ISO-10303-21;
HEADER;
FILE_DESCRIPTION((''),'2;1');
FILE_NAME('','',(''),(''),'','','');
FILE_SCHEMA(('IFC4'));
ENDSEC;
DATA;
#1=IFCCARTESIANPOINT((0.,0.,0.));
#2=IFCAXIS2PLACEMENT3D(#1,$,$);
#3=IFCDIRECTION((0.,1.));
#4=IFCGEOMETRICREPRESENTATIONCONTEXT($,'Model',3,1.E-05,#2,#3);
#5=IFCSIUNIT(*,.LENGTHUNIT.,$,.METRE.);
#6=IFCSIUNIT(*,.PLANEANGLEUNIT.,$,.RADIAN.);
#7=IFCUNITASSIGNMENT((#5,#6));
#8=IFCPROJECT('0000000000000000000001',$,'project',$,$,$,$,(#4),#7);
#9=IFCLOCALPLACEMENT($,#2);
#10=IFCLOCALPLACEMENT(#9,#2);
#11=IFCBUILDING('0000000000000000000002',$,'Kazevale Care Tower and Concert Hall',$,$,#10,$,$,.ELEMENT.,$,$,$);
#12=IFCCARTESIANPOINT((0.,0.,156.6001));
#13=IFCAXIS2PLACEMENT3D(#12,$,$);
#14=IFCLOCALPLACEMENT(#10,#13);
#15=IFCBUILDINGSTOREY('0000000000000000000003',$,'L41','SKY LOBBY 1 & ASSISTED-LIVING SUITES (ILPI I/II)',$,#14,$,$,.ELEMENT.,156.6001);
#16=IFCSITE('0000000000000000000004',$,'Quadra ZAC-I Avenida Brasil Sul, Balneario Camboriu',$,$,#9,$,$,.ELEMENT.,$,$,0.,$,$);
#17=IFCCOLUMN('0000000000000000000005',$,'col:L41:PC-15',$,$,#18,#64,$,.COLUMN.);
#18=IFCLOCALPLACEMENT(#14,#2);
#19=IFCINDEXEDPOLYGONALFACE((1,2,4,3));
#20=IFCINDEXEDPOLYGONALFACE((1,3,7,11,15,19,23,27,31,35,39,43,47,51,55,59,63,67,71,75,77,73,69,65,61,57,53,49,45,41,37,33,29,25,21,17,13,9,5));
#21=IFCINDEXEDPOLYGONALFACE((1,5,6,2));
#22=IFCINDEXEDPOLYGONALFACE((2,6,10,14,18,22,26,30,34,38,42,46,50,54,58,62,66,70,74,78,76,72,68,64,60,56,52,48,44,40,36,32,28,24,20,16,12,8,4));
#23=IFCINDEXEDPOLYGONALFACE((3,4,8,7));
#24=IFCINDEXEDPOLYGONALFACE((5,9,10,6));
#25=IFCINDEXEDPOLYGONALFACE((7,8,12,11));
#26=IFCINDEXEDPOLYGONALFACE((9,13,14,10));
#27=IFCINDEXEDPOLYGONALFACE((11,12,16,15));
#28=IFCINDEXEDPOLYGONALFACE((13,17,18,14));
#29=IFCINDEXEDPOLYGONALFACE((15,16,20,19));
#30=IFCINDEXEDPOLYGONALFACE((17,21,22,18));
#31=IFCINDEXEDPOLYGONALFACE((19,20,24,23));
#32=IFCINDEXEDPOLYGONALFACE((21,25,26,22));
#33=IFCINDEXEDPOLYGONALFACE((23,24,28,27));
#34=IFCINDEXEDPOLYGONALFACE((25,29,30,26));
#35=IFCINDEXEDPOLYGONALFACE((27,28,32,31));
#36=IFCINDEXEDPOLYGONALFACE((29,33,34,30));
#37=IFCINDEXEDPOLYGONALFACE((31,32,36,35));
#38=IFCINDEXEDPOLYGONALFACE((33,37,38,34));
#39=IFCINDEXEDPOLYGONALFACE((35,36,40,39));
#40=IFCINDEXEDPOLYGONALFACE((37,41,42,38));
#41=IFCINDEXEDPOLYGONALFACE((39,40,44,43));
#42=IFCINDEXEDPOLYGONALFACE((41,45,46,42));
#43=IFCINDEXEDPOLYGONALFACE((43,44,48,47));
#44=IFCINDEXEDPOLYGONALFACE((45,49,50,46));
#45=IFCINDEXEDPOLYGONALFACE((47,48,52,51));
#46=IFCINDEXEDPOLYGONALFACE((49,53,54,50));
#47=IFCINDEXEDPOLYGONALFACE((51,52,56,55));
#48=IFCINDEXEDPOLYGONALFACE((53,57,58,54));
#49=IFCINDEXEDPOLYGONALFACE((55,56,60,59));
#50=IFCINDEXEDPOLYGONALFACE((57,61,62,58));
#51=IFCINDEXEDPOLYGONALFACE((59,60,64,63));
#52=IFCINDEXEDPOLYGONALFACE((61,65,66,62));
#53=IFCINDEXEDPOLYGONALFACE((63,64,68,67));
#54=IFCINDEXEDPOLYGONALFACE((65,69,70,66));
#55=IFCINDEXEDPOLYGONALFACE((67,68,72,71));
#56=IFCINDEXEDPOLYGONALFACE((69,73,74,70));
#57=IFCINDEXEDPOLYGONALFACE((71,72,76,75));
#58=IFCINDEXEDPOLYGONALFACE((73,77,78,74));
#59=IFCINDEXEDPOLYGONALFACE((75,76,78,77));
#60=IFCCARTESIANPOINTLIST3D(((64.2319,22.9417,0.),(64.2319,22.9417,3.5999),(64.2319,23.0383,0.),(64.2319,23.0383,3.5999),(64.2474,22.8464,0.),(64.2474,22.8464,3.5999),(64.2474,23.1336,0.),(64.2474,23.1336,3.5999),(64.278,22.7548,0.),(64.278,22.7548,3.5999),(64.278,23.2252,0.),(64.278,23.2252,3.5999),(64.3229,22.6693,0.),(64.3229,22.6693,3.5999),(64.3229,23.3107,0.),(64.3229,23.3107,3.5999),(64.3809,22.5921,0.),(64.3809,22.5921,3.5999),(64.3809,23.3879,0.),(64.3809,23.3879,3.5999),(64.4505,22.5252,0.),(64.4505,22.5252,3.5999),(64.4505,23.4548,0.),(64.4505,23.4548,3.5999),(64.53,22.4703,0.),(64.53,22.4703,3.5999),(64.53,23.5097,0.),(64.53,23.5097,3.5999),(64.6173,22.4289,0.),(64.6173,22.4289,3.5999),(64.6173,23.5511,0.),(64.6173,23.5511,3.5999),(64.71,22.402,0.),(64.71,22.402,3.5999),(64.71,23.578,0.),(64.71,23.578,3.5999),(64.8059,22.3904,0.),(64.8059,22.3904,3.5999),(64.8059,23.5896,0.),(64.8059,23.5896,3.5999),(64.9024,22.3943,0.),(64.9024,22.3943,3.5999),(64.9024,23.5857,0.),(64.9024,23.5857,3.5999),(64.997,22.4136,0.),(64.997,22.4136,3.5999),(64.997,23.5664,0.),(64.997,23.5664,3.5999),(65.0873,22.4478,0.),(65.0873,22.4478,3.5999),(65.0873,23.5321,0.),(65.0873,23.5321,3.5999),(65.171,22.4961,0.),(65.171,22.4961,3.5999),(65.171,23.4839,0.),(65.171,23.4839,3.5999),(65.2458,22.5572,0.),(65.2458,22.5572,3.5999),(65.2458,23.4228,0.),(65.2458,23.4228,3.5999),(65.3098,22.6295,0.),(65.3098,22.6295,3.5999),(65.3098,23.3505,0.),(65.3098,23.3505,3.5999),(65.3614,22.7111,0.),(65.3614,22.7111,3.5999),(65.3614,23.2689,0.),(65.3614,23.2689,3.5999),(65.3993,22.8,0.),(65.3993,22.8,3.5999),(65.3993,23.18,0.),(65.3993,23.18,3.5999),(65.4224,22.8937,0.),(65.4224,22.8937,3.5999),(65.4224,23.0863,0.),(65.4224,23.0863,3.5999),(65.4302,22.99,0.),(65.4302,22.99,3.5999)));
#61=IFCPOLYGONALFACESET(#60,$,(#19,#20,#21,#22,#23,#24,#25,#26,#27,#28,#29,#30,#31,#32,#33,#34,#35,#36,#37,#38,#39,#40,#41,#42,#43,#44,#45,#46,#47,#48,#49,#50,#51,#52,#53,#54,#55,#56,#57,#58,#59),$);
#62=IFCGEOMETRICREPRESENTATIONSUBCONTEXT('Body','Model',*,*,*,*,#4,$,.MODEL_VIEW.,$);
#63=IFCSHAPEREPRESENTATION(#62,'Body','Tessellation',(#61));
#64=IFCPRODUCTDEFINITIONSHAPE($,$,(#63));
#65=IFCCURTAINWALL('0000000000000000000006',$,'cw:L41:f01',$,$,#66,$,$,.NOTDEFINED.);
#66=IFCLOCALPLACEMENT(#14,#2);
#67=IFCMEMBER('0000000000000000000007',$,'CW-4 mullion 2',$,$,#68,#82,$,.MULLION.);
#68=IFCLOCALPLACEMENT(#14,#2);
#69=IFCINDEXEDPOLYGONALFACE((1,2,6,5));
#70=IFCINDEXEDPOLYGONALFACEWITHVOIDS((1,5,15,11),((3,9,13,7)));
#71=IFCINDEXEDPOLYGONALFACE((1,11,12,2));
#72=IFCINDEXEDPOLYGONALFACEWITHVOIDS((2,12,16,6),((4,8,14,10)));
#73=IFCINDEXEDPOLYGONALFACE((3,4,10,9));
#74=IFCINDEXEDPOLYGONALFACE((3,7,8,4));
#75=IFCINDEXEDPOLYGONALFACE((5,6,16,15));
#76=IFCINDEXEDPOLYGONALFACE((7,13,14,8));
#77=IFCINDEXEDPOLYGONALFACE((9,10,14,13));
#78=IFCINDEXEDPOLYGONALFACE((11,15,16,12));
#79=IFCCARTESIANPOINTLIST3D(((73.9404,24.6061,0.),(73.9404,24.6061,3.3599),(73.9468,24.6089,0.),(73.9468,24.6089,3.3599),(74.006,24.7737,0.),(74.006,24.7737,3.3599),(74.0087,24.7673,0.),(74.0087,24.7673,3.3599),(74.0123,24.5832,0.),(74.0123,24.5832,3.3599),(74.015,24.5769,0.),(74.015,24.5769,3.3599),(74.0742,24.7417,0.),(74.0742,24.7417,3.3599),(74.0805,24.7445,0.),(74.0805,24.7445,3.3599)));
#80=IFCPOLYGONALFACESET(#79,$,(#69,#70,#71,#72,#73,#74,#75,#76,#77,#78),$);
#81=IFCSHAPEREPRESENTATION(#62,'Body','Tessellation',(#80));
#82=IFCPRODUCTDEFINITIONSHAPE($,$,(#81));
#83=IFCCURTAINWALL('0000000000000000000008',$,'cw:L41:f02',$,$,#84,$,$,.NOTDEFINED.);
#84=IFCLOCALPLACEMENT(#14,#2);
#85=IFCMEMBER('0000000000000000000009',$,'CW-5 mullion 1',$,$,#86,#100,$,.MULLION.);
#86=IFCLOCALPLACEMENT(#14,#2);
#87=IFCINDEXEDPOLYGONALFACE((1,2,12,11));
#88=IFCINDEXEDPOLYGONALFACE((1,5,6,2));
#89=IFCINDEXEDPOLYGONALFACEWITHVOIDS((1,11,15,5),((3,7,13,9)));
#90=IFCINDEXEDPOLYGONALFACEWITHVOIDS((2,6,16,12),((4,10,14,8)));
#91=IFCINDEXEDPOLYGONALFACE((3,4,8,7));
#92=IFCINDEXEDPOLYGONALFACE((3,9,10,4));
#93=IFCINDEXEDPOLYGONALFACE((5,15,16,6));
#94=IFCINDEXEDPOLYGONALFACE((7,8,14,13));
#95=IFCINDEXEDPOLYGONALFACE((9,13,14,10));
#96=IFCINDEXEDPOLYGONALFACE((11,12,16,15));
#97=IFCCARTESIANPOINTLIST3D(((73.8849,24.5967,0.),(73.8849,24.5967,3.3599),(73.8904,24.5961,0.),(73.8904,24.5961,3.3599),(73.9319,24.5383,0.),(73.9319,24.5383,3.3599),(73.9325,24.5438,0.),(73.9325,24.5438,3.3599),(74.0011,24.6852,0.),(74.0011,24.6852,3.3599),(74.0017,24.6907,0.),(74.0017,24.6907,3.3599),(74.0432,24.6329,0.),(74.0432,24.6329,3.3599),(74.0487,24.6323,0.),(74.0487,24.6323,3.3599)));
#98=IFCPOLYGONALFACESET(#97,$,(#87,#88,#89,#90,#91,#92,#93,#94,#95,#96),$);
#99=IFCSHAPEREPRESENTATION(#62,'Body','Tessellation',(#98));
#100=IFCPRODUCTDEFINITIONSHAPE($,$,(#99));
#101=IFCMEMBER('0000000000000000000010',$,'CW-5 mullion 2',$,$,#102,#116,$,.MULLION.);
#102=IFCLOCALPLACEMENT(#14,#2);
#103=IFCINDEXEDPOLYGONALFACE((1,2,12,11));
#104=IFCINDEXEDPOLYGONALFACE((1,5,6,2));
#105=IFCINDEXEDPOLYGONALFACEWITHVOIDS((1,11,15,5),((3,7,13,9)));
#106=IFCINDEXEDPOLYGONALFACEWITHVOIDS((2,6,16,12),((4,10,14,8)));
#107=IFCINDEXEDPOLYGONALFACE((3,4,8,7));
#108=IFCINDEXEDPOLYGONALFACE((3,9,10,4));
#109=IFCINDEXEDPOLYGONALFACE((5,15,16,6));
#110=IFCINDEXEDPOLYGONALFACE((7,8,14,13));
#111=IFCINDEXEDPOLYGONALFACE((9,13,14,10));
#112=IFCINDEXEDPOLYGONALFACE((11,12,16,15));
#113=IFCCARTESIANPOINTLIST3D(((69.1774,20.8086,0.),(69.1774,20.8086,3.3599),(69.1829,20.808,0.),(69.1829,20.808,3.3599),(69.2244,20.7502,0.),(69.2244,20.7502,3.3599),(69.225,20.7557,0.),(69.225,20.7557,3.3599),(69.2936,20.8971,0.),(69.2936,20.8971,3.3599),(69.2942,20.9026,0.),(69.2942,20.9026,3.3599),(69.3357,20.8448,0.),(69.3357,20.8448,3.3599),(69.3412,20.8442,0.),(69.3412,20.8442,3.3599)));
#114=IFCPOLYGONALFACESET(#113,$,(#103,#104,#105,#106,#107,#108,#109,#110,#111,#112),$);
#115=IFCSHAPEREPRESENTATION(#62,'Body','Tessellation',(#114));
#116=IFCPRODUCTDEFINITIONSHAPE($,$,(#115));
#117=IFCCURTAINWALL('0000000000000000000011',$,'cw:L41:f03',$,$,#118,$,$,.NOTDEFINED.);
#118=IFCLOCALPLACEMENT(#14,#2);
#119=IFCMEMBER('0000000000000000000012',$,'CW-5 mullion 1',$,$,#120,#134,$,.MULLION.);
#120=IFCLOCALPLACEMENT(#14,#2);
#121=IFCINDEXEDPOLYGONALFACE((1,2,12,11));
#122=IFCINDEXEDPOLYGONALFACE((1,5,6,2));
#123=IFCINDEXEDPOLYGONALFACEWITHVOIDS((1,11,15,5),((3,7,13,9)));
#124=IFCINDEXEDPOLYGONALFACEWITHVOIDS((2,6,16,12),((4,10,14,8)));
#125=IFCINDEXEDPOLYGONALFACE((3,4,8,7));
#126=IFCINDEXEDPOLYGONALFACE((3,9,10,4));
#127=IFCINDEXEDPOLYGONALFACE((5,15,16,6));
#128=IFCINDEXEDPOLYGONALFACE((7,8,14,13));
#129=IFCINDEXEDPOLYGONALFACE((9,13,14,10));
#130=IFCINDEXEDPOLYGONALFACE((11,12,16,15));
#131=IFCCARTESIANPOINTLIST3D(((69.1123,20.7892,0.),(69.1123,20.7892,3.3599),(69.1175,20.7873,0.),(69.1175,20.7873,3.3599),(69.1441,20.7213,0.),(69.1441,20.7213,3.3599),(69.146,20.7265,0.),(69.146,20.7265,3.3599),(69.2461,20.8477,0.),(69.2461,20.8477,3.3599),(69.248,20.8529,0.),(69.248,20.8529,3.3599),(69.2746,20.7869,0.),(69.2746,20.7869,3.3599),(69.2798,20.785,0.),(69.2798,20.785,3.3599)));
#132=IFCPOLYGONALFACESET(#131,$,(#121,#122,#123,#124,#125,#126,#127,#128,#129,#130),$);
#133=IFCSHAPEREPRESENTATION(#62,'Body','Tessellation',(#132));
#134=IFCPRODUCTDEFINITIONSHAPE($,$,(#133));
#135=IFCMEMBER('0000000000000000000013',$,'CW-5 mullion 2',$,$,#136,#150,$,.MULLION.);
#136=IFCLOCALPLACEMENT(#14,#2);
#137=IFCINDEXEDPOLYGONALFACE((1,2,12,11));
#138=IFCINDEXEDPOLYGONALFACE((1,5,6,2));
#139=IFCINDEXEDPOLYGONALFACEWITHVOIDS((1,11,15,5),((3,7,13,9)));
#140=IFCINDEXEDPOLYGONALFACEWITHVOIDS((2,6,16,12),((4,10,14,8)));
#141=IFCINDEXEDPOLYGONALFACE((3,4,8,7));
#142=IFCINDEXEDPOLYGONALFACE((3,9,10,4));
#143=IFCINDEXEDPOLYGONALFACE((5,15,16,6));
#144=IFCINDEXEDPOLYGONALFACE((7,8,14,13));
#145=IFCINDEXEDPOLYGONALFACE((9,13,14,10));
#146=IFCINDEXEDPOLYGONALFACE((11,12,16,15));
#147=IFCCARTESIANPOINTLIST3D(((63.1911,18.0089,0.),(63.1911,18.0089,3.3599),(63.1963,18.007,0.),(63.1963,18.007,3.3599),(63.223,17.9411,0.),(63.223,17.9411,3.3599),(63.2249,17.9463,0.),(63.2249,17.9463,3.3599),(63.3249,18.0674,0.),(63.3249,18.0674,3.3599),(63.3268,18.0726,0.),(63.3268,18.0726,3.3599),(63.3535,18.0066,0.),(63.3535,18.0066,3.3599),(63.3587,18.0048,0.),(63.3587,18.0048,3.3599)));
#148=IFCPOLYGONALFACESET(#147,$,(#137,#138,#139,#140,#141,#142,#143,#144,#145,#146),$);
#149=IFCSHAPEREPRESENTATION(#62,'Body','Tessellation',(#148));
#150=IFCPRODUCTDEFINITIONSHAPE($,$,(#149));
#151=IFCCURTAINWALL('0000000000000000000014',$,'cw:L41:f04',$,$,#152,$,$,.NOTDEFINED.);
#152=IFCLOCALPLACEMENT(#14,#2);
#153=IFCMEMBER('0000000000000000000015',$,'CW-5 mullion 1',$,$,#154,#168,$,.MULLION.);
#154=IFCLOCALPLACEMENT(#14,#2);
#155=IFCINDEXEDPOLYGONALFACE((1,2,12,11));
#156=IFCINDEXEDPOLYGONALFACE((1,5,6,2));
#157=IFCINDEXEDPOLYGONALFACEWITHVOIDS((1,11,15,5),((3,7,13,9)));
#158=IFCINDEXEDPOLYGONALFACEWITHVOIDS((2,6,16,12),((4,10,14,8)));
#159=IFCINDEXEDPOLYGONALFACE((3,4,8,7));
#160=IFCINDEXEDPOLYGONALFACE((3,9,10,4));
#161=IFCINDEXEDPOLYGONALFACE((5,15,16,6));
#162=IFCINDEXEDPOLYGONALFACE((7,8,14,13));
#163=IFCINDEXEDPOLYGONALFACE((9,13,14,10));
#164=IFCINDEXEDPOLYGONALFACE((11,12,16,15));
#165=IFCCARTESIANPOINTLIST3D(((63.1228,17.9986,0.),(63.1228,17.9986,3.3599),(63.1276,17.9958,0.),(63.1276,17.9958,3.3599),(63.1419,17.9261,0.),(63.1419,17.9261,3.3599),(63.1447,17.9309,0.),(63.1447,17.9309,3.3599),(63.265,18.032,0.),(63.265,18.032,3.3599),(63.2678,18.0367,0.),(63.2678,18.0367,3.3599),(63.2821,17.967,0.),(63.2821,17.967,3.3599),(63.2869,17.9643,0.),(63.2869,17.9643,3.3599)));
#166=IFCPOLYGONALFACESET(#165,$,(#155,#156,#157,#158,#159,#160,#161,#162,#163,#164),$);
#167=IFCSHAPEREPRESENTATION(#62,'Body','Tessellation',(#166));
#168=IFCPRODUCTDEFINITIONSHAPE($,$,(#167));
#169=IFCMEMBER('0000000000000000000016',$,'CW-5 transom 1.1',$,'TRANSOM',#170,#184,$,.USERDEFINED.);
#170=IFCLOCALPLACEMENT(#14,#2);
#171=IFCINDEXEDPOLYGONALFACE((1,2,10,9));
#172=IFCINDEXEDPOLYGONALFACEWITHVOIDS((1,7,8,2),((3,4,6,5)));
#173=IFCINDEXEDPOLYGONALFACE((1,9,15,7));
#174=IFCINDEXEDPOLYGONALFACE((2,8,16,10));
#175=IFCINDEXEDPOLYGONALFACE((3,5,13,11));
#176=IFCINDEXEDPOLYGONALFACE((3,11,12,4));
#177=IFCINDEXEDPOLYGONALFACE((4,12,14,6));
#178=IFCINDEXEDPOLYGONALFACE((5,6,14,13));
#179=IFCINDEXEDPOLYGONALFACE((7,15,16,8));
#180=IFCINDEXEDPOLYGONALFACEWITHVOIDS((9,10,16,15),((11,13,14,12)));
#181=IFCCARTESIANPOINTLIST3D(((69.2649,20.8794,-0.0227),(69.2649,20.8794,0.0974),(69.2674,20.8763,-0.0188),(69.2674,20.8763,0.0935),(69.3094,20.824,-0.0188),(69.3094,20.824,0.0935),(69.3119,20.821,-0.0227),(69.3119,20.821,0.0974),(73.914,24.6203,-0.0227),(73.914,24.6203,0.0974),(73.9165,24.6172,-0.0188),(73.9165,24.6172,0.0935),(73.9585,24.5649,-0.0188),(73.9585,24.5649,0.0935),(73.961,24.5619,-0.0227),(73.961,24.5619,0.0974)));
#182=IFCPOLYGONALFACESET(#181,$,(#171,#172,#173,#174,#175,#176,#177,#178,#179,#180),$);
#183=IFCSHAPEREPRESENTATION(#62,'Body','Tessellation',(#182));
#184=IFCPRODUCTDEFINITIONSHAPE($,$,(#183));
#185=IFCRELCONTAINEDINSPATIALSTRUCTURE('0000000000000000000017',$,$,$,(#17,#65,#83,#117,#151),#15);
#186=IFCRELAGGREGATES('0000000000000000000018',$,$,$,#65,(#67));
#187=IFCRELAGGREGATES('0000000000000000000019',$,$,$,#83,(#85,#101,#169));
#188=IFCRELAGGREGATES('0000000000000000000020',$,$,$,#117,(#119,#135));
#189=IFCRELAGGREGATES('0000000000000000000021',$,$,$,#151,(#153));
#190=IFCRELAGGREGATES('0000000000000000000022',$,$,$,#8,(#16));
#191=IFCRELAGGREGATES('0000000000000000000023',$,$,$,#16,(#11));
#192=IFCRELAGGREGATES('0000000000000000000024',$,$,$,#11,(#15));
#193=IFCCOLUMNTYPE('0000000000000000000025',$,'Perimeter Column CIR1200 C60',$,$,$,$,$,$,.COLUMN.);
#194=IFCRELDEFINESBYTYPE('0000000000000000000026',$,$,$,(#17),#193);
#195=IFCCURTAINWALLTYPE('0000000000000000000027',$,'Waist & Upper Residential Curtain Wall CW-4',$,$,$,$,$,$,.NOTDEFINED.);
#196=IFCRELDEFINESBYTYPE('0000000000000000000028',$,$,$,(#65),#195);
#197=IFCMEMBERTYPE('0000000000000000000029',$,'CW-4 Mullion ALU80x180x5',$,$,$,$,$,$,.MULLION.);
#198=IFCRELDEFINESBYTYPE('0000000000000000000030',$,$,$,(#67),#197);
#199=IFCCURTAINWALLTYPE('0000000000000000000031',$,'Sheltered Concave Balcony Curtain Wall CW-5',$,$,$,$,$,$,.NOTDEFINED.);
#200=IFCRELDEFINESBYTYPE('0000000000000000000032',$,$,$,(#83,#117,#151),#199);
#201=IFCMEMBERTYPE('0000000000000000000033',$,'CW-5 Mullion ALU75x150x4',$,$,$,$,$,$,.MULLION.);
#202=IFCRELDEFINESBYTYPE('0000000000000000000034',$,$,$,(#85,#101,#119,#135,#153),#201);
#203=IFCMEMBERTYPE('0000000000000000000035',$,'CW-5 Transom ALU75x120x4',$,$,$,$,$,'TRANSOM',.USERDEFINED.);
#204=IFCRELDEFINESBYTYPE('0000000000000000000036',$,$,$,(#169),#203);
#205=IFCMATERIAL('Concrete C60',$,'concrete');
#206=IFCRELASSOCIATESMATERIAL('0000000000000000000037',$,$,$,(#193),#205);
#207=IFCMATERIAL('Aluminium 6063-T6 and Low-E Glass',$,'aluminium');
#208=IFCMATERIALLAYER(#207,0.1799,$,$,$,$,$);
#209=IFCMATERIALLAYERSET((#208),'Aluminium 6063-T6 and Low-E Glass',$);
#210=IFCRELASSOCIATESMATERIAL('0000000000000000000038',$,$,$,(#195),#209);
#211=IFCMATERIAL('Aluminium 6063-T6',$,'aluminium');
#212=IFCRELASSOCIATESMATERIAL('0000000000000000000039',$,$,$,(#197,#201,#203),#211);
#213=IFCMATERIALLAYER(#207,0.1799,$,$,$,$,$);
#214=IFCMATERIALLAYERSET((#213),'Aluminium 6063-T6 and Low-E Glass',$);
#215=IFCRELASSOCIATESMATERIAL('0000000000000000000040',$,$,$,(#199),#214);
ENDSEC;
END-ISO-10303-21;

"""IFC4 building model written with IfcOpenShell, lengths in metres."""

from ifc_helpers import new_model, si_unit, direction, frame, origin, origin_2d, place, context, subcontext, project, spatial, hollow_rectangle, circle, extrude, material, layer, layer_set, material_profile, profile_set, type_object, element, aggregate, save


model = new_model("IFC4")

# Units and contexts
model_context = context("Model", 3, precision=1e-05, world=origin(), true_north=direction((0.0, 1.0)))
body_context = subcontext(model_context, "Body", "Model", "MODEL_VIEW")
ifc_project = project(units=[si_unit("LENGTHUNIT", "METRE"), si_unit("PLANEANGLEUNIT", "RADIAN")], contexts=[model_context])

# Site, building, storey
site_placement = place(None, origin())
site = spatial("IfcSite", under=ifc_project, at=site_placement, Name="Quadra ZAC-I Avenida Brasil Sul, Balneario Camboriu", CompositionType="ELEMENT", RefElevation=0.0)
building_placement = place(site_placement, origin())
building = spatial("IfcBuilding", under=site, at=building_placement, Name="Kazevale Care Tower and Concert Hall", CompositionType="ELEMENT")
storey_placement = place(building_placement, frame((0.0, 0.0, 156.6001)))
storey = spatial("IfcBuildingStorey", under=building, at=storey_placement, Name="L41", Description="SKY LOBBY 1 & ASSISTED-LIVING SUITES (ILPI I/II)", CompositionType="ELEMENT", Elevation=156.6001)

# Column
ifc_material_1 = material(Name="Concrete C60", Category="concrete")
ifc_material_profile_1 = material_profile(ifc_material_1, circle(Radius=0.6001, at=origin_2d()), Name="RC-CIR1200")
ifc_profile_set_1 = profile_set([ifc_material_profile_1], Name="Concrete C60")
column_type = type_object("IfcColumnType", Name="Perimeter Column CIR1200 C60", PredefinedType="COLUMN", material=ifc_profile_set_1)
column_placement = place(storey_placement, frame((64.8301, 22.99, 0.0), z_axis=(0.0, 0.0, 1.0), x_axis=(1.0, 0.0, 0.0)))
element("IfcColumn", 1, at=column_placement, inside=storey, type_object=column_type, Name="col:L41:PC-15", PredefinedType="COLUMN", context=body_context, shape_type="SweptSolid", body=[
    extrude(circle(Radius=0.6001, at=origin_2d()), origin(), (0.0, 0.0, 1.0), 3.5999),
])

# Curtain wall, member
ifc_material_2 = material(Name="Aluminium 6063-T6 and Low-E Glass", Category="aluminium")
ifc_layer_1 = layer(ifc_material_2, 0.1799)
ifc_layer_set_1 = layer_set([ifc_layer_1], Name="Aluminium 6063-T6 and Low-E Glass")
curtain_wall_type_1 = type_object("IfcCurtainWallType", Name="Waist & Upper Residential Curtain Wall CW-4", PredefinedType="NOTDEFINED", material=ifc_layer_set_1)
curtain_wall_1_placement = place(storey_placement, origin())
curtain_wall_1 = element("IfcCurtainWall", 2, at=curtain_wall_1_placement, inside=storey, type_object=curtain_wall_type_1, Name="cw:L41:f01", PredefinedType="NOTDEFINED")
ifc_material_3 = material(Name="Aluminium 6063-T6", Category="aluminium")
ifc_material_profile_2 = material_profile(ifc_material_3, hollow_rectangle(XDim=0.0801, YDim=0.1799, WallThickness=0.0049, at=origin_2d()), Name="ALU80x180x5")
ifc_profile_set_2 = profile_set([ifc_material_profile_2], Name="Aluminium 6063-T6")
member_type_1 = type_object("IfcMemberType", Name="CW-4 Mullion ALU80x180x5", PredefinedType="MULLION", material=ifc_profile_set_2)
member_1_placement = place(storey_placement, frame((74.0105, 24.6753, 0.0), z_axis=(0.0, 0.0, 1.0), x_axis=(0.931352, -0.364121, 0.0)))
member_1 = element("IfcMember", 3, at=member_1_placement, type_object=member_type_1, Name="CW-4 mullion 2", PredefinedType="MULLION", context=body_context, shape_type="SweptSolid", body=[
    extrude(hollow_rectangle(XDim=0.0801, YDim=0.1799, WallThickness=0.0049, at=origin_2d()), origin(), (0.0, 0.0, 1.0), 3.3599),
])
aggregate(curtain_wall_1, [member_1])

# Curtain walls, members
ifc_layer_2 = layer(ifc_material_2, 0.1799)
ifc_layer_set_2 = layer_set([ifc_layer_2], Name="Aluminium 6063-T6 and Low-E Glass")
curtain_wall_type_2 = type_object("IfcCurtainWallType", Name="Sheltered Concave Balcony Curtain Wall CW-5", PredefinedType="NOTDEFINED", material=ifc_layer_set_2)
curtain_wall_2_placement = place(storey_placement, origin())
curtain_wall_2 = element("IfcCurtainWall", 4, at=curtain_wall_2_placement, inside=storey, type_object=curtain_wall_type_2, Name="cw:L41:f02", PredefinedType="NOTDEFINED")
ifc_material_profile_3 = material_profile(ifc_material_3, hollow_rectangle(XDim=0.075, YDim=0.1499, WallThickness=0.0039, at=origin_2d()), Name="ALU75x150x4")
ifc_profile_set_3 = profile_set([ifc_material_profile_3], Name="Aluminium 6063-T6")
member_type_2 = type_object("IfcMemberType", Name="CW-5 Mullion ALU75x150x4", PredefinedType="MULLION", material=ifc_profile_set_3)
member_2_placement = place(storey_placement, frame((73.9668, 24.6145, 0.0), z_axis=(0.0, 0.0, 1.0), x_axis=(0.626905, -0.779095, 0.0)))
member_2 = element("IfcMember", 5, at=member_2_placement, type_object=member_type_2, Name="CW-5 mullion 1", PredefinedType="MULLION", context=body_context, shape_type="SweptSolid", body=[
    extrude(hollow_rectangle(XDim=0.075, YDim=0.1499, WallThickness=0.0039, at=origin_2d()), origin(), (0.0, 0.0, 1.0), 3.3599),
])
member_3_placement = place(storey_placement, frame((69.2593, 20.8264, 0.0), z_axis=(0.0, 0.0, 1.0), x_axis=(0.626905, -0.779095, 0.0)))
member_3 = element("IfcMember", 6, at=member_3_placement, type_object=member_type_2, Name="CW-5 mullion 2", PredefinedType="MULLION", context=body_context, shape_type="SweptSolid", body=[
    extrude(hollow_rectangle(XDim=0.075, YDim=0.1499, WallThickness=0.0039, at=origin_2d()), origin(), (0.0, 0.0, 1.0), 3.3599),
])
curtain_wall_3_placement = place(storey_placement, origin())
curtain_wall_3 = element("IfcCurtainWall", 7, at=curtain_wall_3_placement, inside=storey, type_object=curtain_wall_type_2, Name="cw:L41:f03", PredefinedType="NOTDEFINED")
member_4_placement = place(storey_placement, frame((69.196, 20.7871, 0.0), z_axis=(0.0, 0.0, 1.0), x_axis=(0.425011, -0.905188, 0.0)))
member_4 = element("IfcMember", 8, at=member_4_placement, type_object=member_type_2, Name="CW-5 mullion 1", PredefinedType="MULLION", context=body_context, shape_type="SweptSolid", body=[
    extrude(hollow_rectangle(XDim=0.075, YDim=0.1499, WallThickness=0.0039, at=origin_2d()), origin(), (0.0, 0.0, 1.0), 3.3599),
])
member_5_placement = place(storey_placement, frame((63.2749, 18.0068, 0.0), z_axis=(0.0, 0.0, 1.0), x_axis=(0.425011, -0.905188, 0.0)))
member_5 = element("IfcMember", 9, at=member_5_placement, type_object=member_type_2, Name="CW-5 mullion 2", PredefinedType="MULLION", context=body_context, shape_type="SweptSolid", body=[
    extrude(hollow_rectangle(XDim=0.075, YDim=0.1499, WallThickness=0.0039, at=origin_2d()), origin(), (0.0, 0.0, 1.0), 3.3599),
])

# Curtain wall, member
curtain_wall_4_placement = place(storey_placement, origin())
curtain_wall_4 = element("IfcCurtainWall", 10, at=curtain_wall_4_placement, inside=storey, type_object=curtain_wall_type_2, Name="cw:L41:f04", PredefinedType="NOTDEFINED")
member_6_placement = place(storey_placement, frame((63.2048, 17.9814, 0.0), z_axis=(0.0, 0.0, 1.0), x_axis=(0.254238, -0.967142, 0.0)))
member_6 = element("IfcMember", 11, at=member_6_placement, type_object=member_type_2, Name="CW-5 mullion 1", PredefinedType="MULLION", context=body_context, shape_type="SweptSolid", body=[
    extrude(hollow_rectangle(XDim=0.075, YDim=0.1499, WallThickness=0.0039, at=origin_2d()), origin(), (0.0, 0.0, 1.0), 3.3599),
])

# Member
ifc_material_profile_4 = material_profile(ifc_material_3, hollow_rectangle(XDim=0.075, YDim=0.1201, WallThickness=0.0039, at=origin_2d()), Name="ALU75x120x4")
ifc_profile_set_4 = profile_set([ifc_material_profile_4], Name="Aluminium 6063-T6")
member_type_3 = type_object("IfcMemberType", Name="CW-5 Transom ALU75x120x4", ElementType="TRANSOM", PredefinedType="USERDEFINED", material=ifc_profile_set_4)
member_7_placement = place(storey_placement, frame((73.9375, 24.5911, 0.0374), z_axis=(-0.779097, -0.626903, 0.0), x_axis=(0.626903, -0.779097, 0.0)))
member_7 = element("IfcMember", 12, at=member_7_placement, type_object=member_type_3, Name="CW-5 transom 1.1", ObjectType="TRANSOM", PredefinedType="USERDEFINED", context=body_context, shape_type="SweptSolid", body=[
    extrude(hollow_rectangle(XDim=0.075, YDim=0.1201, WallThickness=0.0039, at=origin_2d()), origin(), (0.0, 0.0, 1.0), 5.9673),
])

aggregate(curtain_wall_2, [member_2, member_3, member_7])
aggregate(curtain_wall_3, [member_4, member_5])
aggregate(curtain_wall_4, [member_6])

save(model, "model.ifc")
